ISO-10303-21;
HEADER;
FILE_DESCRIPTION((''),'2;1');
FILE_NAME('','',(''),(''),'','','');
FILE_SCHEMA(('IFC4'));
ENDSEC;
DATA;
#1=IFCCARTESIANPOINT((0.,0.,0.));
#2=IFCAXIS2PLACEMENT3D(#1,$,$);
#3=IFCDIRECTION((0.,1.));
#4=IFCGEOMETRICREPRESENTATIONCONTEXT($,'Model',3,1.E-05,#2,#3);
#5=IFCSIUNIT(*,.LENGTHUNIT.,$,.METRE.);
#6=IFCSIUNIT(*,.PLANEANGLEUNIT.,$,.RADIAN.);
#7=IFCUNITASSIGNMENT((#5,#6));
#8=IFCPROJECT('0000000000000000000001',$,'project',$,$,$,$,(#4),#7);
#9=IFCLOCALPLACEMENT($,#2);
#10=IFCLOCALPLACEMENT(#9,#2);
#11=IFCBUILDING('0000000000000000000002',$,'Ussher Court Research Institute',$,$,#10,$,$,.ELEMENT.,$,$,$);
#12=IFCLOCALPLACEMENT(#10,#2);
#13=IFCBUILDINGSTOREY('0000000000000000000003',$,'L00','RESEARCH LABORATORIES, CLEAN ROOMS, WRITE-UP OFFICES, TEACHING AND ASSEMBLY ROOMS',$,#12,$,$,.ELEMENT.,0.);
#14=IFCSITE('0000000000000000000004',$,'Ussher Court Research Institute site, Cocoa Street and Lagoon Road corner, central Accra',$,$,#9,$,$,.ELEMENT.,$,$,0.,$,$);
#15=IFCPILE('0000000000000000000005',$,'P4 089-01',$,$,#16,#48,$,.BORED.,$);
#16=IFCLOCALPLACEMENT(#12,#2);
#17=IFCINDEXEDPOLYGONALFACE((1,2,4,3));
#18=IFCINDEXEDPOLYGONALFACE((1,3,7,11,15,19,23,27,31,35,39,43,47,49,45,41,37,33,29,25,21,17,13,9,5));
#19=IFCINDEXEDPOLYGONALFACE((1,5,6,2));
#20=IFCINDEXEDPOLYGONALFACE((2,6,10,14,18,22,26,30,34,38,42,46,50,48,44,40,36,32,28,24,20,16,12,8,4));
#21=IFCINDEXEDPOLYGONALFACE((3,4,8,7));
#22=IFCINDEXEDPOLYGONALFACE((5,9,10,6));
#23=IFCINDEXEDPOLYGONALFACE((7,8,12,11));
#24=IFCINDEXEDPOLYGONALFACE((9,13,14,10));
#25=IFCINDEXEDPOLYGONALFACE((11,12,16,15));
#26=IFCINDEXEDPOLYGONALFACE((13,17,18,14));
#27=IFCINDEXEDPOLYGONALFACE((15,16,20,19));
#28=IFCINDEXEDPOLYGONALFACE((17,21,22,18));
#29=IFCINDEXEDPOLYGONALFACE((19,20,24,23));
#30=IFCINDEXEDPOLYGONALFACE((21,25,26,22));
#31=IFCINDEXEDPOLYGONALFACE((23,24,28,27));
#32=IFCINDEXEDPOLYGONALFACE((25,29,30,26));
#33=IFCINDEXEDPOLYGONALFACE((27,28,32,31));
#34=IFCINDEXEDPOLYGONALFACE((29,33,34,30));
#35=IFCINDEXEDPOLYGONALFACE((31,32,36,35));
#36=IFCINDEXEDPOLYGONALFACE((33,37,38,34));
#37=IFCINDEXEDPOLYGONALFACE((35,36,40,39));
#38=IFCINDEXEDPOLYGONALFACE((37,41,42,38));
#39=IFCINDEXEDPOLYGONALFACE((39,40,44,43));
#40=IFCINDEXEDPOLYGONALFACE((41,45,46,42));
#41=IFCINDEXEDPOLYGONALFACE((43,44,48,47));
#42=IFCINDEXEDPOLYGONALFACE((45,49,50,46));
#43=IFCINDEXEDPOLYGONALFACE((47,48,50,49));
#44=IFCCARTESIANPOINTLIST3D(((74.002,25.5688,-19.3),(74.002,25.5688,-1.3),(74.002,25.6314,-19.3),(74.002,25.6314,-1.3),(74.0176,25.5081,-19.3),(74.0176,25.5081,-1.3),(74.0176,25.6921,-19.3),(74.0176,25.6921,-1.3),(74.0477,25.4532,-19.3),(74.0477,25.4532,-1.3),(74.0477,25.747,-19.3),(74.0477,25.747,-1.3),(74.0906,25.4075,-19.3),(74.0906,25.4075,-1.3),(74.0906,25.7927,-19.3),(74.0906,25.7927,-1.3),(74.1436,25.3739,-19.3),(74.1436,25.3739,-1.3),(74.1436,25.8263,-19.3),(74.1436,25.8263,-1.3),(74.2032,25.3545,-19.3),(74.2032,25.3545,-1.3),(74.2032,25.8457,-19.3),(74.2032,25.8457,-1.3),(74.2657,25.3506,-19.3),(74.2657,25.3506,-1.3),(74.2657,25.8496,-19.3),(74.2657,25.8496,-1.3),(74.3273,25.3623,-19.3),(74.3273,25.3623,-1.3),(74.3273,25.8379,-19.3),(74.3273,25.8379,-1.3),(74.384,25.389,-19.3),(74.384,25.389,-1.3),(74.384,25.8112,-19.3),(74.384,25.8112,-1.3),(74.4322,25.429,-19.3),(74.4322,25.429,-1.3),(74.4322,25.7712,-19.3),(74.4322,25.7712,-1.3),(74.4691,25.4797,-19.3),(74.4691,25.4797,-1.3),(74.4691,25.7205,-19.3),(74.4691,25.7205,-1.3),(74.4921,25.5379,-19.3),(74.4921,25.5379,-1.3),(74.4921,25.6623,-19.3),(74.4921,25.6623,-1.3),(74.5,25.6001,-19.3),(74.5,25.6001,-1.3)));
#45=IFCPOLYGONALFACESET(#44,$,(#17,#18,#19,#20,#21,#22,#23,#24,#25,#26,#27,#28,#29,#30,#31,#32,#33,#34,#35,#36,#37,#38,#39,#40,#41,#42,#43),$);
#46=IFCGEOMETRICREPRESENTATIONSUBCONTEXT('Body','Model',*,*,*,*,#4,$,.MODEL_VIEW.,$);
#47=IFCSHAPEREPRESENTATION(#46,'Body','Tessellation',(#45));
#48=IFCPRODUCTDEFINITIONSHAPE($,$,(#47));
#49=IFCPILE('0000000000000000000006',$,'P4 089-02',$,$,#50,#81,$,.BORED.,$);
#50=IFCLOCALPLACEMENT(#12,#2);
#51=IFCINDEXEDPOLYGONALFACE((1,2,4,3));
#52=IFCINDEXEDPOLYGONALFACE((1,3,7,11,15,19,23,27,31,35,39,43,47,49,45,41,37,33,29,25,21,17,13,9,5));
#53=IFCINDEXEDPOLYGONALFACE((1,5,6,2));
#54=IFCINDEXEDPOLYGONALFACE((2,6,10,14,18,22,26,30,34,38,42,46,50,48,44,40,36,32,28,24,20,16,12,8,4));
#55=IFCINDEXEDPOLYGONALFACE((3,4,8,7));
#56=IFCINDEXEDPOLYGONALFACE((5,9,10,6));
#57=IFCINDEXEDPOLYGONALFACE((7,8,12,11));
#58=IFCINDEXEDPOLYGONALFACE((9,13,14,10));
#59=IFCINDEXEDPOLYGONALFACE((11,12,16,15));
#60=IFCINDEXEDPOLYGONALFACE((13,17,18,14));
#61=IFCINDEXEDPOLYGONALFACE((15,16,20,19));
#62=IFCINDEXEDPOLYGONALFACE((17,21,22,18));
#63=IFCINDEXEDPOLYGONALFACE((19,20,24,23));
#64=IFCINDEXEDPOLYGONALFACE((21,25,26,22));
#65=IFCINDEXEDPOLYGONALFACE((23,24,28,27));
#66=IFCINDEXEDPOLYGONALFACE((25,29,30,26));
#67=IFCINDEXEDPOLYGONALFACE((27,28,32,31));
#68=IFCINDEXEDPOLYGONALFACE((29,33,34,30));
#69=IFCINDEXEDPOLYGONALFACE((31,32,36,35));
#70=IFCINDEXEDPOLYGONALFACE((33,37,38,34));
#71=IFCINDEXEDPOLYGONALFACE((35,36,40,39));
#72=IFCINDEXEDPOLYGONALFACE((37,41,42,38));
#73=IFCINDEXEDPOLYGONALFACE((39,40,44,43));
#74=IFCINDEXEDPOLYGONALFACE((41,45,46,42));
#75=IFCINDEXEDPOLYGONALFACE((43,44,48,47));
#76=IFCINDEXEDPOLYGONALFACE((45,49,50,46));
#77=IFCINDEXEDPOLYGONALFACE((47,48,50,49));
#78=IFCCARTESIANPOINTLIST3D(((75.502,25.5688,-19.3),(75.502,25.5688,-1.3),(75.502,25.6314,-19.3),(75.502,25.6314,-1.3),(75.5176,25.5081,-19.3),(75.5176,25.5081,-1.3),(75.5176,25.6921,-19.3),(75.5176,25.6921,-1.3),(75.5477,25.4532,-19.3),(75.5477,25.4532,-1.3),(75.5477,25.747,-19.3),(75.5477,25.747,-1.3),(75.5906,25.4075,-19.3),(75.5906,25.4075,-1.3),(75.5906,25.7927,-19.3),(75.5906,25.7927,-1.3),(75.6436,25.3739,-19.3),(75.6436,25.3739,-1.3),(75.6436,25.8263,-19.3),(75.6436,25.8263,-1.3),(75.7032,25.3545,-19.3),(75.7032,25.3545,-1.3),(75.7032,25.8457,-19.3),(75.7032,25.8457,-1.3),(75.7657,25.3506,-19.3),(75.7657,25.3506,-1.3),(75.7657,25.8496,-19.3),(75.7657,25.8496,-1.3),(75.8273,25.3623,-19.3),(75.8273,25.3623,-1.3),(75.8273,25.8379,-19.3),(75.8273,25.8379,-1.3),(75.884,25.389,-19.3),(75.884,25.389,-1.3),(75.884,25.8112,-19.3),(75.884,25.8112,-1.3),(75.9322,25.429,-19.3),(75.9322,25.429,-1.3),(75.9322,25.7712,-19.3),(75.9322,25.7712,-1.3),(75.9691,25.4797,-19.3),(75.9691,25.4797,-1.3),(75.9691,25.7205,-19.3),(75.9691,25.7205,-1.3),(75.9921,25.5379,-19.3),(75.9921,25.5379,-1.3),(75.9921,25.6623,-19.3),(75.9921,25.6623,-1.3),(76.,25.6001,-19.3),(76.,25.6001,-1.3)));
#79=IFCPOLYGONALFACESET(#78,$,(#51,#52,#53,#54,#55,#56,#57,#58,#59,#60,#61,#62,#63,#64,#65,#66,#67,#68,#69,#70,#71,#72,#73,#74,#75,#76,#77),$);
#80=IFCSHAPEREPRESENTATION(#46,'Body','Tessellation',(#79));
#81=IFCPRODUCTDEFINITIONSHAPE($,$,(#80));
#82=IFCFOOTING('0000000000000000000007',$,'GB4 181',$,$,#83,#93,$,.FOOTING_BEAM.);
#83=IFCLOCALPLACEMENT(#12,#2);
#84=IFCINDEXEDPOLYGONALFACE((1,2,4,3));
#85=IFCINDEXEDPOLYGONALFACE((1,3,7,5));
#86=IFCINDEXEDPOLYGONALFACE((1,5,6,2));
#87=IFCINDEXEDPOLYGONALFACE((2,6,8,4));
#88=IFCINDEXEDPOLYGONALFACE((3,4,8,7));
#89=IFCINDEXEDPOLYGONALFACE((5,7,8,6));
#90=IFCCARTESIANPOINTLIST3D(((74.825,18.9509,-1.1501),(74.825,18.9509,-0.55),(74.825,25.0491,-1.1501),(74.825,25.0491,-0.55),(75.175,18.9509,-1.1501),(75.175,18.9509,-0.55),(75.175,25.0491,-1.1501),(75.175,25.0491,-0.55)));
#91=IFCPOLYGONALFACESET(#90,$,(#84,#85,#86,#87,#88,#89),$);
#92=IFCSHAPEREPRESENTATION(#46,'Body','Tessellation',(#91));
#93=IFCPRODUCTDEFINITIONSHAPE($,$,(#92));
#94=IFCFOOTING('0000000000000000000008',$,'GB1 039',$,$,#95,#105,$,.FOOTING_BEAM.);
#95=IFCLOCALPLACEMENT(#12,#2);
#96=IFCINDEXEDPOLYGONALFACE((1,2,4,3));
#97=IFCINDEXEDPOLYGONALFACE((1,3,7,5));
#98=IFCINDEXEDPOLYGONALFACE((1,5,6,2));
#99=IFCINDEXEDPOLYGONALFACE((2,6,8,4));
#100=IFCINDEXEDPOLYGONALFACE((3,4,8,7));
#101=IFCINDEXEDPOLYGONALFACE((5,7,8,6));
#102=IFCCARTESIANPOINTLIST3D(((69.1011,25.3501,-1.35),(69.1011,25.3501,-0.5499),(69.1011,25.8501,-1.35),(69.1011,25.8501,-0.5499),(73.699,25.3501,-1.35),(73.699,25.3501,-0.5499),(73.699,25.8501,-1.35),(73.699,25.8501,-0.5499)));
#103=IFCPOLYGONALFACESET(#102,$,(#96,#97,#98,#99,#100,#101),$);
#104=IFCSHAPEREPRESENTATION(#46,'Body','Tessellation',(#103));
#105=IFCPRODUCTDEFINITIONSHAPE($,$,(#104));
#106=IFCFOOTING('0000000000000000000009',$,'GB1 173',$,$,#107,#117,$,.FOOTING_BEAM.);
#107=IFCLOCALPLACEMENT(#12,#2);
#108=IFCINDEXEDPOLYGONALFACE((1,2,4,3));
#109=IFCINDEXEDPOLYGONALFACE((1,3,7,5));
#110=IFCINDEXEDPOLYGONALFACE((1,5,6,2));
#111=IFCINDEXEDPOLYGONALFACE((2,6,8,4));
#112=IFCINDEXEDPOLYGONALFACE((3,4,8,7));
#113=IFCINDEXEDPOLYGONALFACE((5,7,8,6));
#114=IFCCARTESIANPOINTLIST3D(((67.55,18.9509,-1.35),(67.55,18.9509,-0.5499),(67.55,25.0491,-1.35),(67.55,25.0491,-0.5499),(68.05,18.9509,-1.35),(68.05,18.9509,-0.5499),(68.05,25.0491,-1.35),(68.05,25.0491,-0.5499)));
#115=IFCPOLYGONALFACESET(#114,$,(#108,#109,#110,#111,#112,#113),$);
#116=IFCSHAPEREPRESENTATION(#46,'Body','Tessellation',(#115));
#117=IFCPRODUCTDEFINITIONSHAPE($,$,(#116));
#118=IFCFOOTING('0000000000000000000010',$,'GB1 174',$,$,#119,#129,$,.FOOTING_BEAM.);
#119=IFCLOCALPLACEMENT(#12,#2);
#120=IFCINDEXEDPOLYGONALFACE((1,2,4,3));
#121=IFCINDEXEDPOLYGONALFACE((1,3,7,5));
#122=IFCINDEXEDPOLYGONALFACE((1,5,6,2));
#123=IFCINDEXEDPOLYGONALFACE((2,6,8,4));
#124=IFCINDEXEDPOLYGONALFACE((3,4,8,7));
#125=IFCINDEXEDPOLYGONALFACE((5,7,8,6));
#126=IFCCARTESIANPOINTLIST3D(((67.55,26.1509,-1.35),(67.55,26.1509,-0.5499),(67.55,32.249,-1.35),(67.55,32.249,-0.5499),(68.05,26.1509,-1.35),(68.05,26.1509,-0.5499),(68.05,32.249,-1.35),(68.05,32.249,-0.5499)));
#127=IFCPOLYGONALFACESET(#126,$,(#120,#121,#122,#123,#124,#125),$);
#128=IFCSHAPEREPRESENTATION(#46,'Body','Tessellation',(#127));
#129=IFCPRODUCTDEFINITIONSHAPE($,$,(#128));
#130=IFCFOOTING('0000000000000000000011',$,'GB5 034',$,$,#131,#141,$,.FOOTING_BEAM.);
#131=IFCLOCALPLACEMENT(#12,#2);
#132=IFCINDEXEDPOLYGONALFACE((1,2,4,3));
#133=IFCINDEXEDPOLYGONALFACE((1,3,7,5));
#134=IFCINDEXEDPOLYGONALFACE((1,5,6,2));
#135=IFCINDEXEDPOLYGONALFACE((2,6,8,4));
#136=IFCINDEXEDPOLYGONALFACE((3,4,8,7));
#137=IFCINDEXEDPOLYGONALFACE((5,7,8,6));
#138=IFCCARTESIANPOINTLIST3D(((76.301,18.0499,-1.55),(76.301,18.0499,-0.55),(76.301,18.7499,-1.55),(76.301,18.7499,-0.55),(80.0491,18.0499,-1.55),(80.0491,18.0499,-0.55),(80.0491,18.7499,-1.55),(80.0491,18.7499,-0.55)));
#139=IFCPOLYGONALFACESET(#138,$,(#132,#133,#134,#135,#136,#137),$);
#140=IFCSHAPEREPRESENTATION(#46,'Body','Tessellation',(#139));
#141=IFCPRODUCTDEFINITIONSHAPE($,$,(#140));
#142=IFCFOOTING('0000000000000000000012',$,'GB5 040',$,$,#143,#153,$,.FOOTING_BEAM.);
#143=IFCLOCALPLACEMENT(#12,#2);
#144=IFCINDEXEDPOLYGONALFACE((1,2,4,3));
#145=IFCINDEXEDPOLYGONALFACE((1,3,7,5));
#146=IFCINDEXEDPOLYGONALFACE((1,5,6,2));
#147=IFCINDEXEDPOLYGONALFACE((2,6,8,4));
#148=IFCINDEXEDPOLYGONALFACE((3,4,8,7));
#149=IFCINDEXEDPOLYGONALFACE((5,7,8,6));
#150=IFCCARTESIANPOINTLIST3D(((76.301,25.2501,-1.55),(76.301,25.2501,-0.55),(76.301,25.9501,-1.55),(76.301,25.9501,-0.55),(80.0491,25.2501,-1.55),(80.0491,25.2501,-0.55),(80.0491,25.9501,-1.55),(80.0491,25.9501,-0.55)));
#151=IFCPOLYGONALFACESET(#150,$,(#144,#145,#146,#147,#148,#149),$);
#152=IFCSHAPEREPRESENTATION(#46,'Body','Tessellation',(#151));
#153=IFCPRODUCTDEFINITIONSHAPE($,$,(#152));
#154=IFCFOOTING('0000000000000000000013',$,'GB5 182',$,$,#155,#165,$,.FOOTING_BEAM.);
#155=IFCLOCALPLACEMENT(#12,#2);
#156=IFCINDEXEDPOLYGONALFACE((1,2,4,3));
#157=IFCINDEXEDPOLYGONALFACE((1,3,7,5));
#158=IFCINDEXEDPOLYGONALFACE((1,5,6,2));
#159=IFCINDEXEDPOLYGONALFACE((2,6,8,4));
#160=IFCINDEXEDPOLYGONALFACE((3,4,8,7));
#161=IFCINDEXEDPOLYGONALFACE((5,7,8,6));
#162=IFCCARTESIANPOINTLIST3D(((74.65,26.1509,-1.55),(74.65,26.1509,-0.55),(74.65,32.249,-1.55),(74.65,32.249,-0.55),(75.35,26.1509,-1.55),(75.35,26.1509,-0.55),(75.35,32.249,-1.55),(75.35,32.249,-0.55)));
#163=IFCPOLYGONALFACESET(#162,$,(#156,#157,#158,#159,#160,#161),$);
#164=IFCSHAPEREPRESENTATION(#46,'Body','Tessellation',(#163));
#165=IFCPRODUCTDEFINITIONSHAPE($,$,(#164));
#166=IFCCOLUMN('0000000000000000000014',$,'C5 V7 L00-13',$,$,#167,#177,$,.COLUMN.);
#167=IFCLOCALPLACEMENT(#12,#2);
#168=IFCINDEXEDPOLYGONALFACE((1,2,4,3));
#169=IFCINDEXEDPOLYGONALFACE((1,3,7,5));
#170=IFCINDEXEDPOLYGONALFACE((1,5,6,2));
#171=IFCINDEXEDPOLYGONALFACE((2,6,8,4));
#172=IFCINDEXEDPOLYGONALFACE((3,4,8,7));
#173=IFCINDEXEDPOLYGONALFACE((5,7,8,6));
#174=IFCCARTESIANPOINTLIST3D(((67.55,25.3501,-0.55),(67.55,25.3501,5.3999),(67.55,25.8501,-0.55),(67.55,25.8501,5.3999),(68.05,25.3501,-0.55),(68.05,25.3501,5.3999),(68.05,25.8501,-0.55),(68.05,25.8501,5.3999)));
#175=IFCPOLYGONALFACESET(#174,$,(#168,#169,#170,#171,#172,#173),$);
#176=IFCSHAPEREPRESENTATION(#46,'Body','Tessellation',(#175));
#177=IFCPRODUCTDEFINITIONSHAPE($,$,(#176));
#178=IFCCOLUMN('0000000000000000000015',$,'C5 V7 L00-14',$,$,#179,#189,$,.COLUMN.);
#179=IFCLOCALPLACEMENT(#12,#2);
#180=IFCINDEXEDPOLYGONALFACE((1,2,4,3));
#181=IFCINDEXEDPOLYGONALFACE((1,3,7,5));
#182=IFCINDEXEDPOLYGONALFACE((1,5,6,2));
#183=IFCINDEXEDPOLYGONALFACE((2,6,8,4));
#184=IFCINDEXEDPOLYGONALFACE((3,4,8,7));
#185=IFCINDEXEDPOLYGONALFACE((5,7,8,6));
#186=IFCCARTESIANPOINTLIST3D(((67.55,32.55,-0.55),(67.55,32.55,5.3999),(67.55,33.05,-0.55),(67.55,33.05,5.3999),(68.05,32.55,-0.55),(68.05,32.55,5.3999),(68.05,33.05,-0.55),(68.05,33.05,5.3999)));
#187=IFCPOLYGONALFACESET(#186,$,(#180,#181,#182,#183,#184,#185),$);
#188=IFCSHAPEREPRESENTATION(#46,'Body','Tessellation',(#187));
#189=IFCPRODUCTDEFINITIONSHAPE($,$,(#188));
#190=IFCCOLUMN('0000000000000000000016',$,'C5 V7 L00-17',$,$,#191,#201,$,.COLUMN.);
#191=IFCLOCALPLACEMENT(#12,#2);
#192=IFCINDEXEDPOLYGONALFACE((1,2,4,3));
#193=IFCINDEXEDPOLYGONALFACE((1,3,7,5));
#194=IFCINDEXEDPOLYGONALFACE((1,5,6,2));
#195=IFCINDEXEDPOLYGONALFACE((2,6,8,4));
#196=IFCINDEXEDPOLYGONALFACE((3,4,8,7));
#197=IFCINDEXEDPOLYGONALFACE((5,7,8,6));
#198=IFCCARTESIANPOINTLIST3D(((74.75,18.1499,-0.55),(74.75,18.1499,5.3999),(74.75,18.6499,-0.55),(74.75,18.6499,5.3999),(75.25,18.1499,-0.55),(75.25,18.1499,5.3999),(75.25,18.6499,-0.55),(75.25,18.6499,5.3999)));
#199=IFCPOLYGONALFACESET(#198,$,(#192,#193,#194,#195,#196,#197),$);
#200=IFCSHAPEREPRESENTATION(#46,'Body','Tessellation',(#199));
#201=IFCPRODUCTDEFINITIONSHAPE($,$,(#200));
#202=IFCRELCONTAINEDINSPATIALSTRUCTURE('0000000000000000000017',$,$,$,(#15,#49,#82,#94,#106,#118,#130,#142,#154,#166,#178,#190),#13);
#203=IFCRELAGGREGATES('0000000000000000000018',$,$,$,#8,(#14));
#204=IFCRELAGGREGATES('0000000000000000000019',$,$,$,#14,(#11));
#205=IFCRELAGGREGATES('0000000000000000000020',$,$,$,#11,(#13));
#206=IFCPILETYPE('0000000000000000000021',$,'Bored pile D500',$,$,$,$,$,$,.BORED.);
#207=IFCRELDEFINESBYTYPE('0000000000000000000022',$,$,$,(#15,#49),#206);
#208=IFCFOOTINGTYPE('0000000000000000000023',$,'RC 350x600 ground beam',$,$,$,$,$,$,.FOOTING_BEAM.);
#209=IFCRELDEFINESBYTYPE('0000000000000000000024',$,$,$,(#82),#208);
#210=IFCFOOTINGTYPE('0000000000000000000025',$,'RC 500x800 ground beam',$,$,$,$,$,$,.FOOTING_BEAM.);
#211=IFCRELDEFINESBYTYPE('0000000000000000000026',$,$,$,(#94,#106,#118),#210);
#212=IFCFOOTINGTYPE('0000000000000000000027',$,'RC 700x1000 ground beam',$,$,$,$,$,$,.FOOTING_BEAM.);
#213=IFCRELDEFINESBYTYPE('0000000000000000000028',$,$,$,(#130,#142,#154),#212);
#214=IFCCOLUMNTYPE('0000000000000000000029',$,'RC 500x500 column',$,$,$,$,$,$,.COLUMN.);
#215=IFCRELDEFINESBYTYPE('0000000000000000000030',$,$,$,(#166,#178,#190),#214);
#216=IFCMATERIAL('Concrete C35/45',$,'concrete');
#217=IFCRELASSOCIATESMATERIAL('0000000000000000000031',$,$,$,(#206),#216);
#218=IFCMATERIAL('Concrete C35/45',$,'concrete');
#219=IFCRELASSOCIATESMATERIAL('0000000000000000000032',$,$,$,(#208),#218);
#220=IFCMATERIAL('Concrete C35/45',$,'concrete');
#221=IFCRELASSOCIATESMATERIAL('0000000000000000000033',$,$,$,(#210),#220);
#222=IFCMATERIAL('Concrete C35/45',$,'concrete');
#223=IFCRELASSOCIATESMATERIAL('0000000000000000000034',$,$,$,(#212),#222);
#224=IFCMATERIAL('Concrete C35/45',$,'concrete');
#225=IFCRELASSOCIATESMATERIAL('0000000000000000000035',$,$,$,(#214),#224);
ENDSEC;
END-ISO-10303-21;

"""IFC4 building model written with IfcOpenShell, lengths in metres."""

from ifc_helpers import new_model, si_unit, direction, frame, origin, origin_2d, place, context, subcontext, project, spatial, rectangle, circle, extrude, material, material_profile, profile_set, type_object, element, save


model = new_model("IFC4")

# Units and contexts
model_context = context("Model", 3, precision=1e-05, world=origin(), true_north=direction((0.0, 1.0)))
body_context = subcontext(model_context, "Body", "Model", "MODEL_VIEW")
ifc_project = project(units=[si_unit("LENGTHUNIT", "METRE"), si_unit("PLANEANGLEUNIT", "RADIAN")], contexts=[model_context])

# Site, building, storey
site_placement = place(None, origin())
site = spatial("IfcSite", under=ifc_project, at=site_placement, Name="Ussher Court Research Institute site, Cocoa Street and Lagoon Road corner, central Accra", CompositionType="ELEMENT", RefElevation=0.0)
building_placement = place(site_placement, origin())
building = spatial("IfcBuilding", under=site, at=building_placement, Name="Ussher Court Research Institute", CompositionType="ELEMENT")
storey_placement = place(building_placement, origin())
storey = spatial("IfcBuildingStorey", under=building, at=storey_placement, Name="L00", Description="RESEARCH LABORATORIES, CLEAN ROOMS, WRITE-UP OFFICES, TEACHING AND ASSEMBLY ROOMS", CompositionType="ELEMENT", Elevation=0.0)

# Piles
ifc_material_1 = material(Name="Concrete C35/45", Category="concrete")
ifc_material_profile_1 = material_profile(ifc_material_1, circle(Radius=0.25, at=origin_2d()), Name="RC D500")
ifc_profile_set_1 = profile_set([ifc_material_profile_1], Name="Concrete C35/45")
pile_type_1 = type_object("IfcPileType", Name="Bored pile D500", PredefinedType="BORED", material=ifc_profile_set_1)
for number, where, z_axis, x_axis, name in (
    (1, (74.25, 25.6001, -1.3), (0.0, 0.0, -1.0), (1.0, 0.0, 0.0), "P4 089-01"),
    (2, (75.75, 25.6001, -1.3), (0.0, 0.0, -1.0), (1.0, 0.0, 0.0), "P4 089-02"),
):
    element("IfcPile", number, at=place(storey_placement, frame(where, z_axis=z_axis, x_axis=x_axis)), inside=storey, type_object=pile_type_1, Name=name, PredefinedType="BORED", context=body_context, shape_type="SweptSolid", body=[
        extrude(circle(Radius=0.25, at=origin_2d()), origin(), (0.0, 0.0, 1.0), 18.0),
    ])

# Footings
ifc_material_2 = material(Name="Concrete C35/45", Category="concrete")
ifc_material_profile_2 = material_profile(ifc_material_2, rectangle(XDim=0.3501, YDim=0.6001, at=origin_2d()), Name="RC 350x600")
ifc_profile_set_2 = profile_set([ifc_material_profile_2], Name="Concrete C35/45")
footing_type_1 = type_object("IfcFootingType", Name="RC 350x600 ground beam", PredefinedType="FOOTING_BEAM", material=ifc_profile_set_2)
footing_1_placement = place(storey_placement, frame((75.0, 18.9509, -0.8501), z_axis=(0.0, 1.0, 0.0), x_axis=(-1.0, 0.0, 0.0)))
element("IfcFooting", 3, at=footing_1_placement, inside=storey, type_object=footing_type_1, Name="GB4 181", PredefinedType="FOOTING_BEAM", context=body_context, shape_type="SweptSolid", body=[
    extrude(rectangle(XDim=0.3501, YDim=0.6001, at=origin_2d()), origin(), (0.0, 0.0, 1.0), 6.0981),
])
ifc_material_3 = material(Name="Concrete C35/45", Category="concrete")
ifc_material_profile_3 = material_profile(ifc_material_3, rectangle(XDim=0.5, YDim=0.8, at=origin_2d()), Name="RC 500x800")
ifc_profile_set_3 = profile_set([ifc_material_profile_3], Name="Concrete C35/45")
footing_type_2 = type_object("IfcFootingType", Name="RC 500x800 ground beam", PredefinedType="FOOTING_BEAM", material=ifc_profile_set_3)
footing_2_placement = place(storey_placement, frame((69.1011, 25.6001, -0.95), z_axis=(1.0, 0.0, 0.0), x_axis=(0.0, 1.0, 0.0)))
element("IfcFooting", 4, at=footing_2_placement, inside=storey, type_object=footing_type_2, Name="GB1 039", PredefinedType="FOOTING_BEAM", context=body_context, shape_type="SweptSolid", body=[
    extrude(rectangle(XDim=0.5, YDim=0.8, at=origin_2d()), origin(), (0.0, 0.0, 1.0), 4.5979),
])
for number, where, z_axis, x_axis, name in (
    (5, (67.8, 18.9509, -0.95), (0.0, 1.0, 0.0), (-1.0, 0.0, 0.0), "GB1 173"),
    (6, (67.8, 26.1509, -0.95), (0.0, 1.0, 0.0), (-1.0, 0.0, 0.0), "GB1 174"),
):
    element("IfcFooting", number, at=place(storey_placement, frame(where, z_axis=z_axis, x_axis=x_axis)), inside=storey, type_object=footing_type_2, Name=name, PredefinedType="FOOTING_BEAM", context=body_context, shape_type="SweptSolid", body=[
        extrude(rectangle(XDim=0.5, YDim=0.8, at=origin_2d()), origin(), (0.0, 0.0, 1.0), 6.0981),
    ])
ifc_material_4 = material(Name="Concrete C35/45", Category="concrete")
ifc_material_profile_4 = material_profile(ifc_material_4, rectangle(XDim=0.7, YDim=1.0, at=origin_2d()), Name="RC 700x1000")
ifc_profile_set_4 = profile_set([ifc_material_profile_4], Name="Concrete C35/45")
footing_type_3 = type_object("IfcFootingType", Name="RC 700x1000 ground beam", PredefinedType="FOOTING_BEAM", material=ifc_profile_set_4)
for number, where, z_axis, x_axis, name in (
    (7, (76.301, 18.3999, -1.05), (1.0, 0.0, 0.0), (0.0, 1.0, 0.0), "GB5 034"),
    (8, (76.301, 25.6001, -1.05), (1.0, 0.0, 0.0), (0.0, 1.0, 0.0), "GB5 040"),
):
    element("IfcFooting", number, at=place(storey_placement, frame(where, z_axis=z_axis, x_axis=x_axis)), inside=storey, type_object=footing_type_3, Name=name, PredefinedType="FOOTING_BEAM", context=body_context, shape_type="SweptSolid", body=[
        extrude(rectangle(XDim=0.7, YDim=1.0, at=origin_2d()), origin(), (0.0, 0.0, 1.0), 3.748),
    ])
footing_3_placement = place(storey_placement, frame((75.0, 26.1509, -1.05), z_axis=(0.0, 1.0, 0.0), x_axis=(-1.0, 0.0, 0.0)))
element("IfcFooting", 9, at=footing_3_placement, inside=storey, type_object=footing_type_3, Name="GB5 182", PredefinedType="FOOTING_BEAM", context=body_context, shape_type="SweptSolid", body=[
    extrude(rectangle(XDim=0.7, YDim=1.0, at=origin_2d()), origin(), (0.0, 0.0, 1.0), 6.0981),
])

# Columns
ifc_material_5 = material(Name="Concrete C35/45", Category="concrete")
ifc_material_profile_5 = material_profile(ifc_material_5, rectangle(XDim=0.5, YDim=0.5, at=origin_2d()), Name="RC 500x500")
ifc_profile_set_5 = profile_set([ifc_material_profile_5], Name="Concrete C35/45")
column_type_1 = type_object("IfcColumnType", Name="RC 500x500 column", PredefinedType="COLUMN", material=ifc_profile_set_5)
for number, where, z_axis, x_axis, name in (
    (10, (67.8, 25.6001, -0.55), (0.0, 0.0, 1.0), (1.0, 0.0, 0.0), "C5 V7 L00-13"),
    (11, (67.8, 32.8, -0.55), (0.0, 0.0, 1.0), (1.0, 0.0, 0.0), "C5 V7 L00-14"),
    (12, (75.0, 18.3999, -0.55), (0.0, 0.0, 1.0), (1.0, 0.0, 0.0), "C5 V7 L00-17"),
):
    element("IfcColumn", number, at=place(storey_placement, frame(where, z_axis=z_axis, x_axis=x_axis)), inside=storey, type_object=column_type_1, Name=name, PredefinedType="COLUMN", context=body_context, shape_type="SweptSolid", body=[
        extrude(rectangle(XDim=0.5, YDim=0.5, at=origin_2d()), origin(), (0.0, 0.0, 1.0), 5.95),
    ])

save(model, "model.ifc")
